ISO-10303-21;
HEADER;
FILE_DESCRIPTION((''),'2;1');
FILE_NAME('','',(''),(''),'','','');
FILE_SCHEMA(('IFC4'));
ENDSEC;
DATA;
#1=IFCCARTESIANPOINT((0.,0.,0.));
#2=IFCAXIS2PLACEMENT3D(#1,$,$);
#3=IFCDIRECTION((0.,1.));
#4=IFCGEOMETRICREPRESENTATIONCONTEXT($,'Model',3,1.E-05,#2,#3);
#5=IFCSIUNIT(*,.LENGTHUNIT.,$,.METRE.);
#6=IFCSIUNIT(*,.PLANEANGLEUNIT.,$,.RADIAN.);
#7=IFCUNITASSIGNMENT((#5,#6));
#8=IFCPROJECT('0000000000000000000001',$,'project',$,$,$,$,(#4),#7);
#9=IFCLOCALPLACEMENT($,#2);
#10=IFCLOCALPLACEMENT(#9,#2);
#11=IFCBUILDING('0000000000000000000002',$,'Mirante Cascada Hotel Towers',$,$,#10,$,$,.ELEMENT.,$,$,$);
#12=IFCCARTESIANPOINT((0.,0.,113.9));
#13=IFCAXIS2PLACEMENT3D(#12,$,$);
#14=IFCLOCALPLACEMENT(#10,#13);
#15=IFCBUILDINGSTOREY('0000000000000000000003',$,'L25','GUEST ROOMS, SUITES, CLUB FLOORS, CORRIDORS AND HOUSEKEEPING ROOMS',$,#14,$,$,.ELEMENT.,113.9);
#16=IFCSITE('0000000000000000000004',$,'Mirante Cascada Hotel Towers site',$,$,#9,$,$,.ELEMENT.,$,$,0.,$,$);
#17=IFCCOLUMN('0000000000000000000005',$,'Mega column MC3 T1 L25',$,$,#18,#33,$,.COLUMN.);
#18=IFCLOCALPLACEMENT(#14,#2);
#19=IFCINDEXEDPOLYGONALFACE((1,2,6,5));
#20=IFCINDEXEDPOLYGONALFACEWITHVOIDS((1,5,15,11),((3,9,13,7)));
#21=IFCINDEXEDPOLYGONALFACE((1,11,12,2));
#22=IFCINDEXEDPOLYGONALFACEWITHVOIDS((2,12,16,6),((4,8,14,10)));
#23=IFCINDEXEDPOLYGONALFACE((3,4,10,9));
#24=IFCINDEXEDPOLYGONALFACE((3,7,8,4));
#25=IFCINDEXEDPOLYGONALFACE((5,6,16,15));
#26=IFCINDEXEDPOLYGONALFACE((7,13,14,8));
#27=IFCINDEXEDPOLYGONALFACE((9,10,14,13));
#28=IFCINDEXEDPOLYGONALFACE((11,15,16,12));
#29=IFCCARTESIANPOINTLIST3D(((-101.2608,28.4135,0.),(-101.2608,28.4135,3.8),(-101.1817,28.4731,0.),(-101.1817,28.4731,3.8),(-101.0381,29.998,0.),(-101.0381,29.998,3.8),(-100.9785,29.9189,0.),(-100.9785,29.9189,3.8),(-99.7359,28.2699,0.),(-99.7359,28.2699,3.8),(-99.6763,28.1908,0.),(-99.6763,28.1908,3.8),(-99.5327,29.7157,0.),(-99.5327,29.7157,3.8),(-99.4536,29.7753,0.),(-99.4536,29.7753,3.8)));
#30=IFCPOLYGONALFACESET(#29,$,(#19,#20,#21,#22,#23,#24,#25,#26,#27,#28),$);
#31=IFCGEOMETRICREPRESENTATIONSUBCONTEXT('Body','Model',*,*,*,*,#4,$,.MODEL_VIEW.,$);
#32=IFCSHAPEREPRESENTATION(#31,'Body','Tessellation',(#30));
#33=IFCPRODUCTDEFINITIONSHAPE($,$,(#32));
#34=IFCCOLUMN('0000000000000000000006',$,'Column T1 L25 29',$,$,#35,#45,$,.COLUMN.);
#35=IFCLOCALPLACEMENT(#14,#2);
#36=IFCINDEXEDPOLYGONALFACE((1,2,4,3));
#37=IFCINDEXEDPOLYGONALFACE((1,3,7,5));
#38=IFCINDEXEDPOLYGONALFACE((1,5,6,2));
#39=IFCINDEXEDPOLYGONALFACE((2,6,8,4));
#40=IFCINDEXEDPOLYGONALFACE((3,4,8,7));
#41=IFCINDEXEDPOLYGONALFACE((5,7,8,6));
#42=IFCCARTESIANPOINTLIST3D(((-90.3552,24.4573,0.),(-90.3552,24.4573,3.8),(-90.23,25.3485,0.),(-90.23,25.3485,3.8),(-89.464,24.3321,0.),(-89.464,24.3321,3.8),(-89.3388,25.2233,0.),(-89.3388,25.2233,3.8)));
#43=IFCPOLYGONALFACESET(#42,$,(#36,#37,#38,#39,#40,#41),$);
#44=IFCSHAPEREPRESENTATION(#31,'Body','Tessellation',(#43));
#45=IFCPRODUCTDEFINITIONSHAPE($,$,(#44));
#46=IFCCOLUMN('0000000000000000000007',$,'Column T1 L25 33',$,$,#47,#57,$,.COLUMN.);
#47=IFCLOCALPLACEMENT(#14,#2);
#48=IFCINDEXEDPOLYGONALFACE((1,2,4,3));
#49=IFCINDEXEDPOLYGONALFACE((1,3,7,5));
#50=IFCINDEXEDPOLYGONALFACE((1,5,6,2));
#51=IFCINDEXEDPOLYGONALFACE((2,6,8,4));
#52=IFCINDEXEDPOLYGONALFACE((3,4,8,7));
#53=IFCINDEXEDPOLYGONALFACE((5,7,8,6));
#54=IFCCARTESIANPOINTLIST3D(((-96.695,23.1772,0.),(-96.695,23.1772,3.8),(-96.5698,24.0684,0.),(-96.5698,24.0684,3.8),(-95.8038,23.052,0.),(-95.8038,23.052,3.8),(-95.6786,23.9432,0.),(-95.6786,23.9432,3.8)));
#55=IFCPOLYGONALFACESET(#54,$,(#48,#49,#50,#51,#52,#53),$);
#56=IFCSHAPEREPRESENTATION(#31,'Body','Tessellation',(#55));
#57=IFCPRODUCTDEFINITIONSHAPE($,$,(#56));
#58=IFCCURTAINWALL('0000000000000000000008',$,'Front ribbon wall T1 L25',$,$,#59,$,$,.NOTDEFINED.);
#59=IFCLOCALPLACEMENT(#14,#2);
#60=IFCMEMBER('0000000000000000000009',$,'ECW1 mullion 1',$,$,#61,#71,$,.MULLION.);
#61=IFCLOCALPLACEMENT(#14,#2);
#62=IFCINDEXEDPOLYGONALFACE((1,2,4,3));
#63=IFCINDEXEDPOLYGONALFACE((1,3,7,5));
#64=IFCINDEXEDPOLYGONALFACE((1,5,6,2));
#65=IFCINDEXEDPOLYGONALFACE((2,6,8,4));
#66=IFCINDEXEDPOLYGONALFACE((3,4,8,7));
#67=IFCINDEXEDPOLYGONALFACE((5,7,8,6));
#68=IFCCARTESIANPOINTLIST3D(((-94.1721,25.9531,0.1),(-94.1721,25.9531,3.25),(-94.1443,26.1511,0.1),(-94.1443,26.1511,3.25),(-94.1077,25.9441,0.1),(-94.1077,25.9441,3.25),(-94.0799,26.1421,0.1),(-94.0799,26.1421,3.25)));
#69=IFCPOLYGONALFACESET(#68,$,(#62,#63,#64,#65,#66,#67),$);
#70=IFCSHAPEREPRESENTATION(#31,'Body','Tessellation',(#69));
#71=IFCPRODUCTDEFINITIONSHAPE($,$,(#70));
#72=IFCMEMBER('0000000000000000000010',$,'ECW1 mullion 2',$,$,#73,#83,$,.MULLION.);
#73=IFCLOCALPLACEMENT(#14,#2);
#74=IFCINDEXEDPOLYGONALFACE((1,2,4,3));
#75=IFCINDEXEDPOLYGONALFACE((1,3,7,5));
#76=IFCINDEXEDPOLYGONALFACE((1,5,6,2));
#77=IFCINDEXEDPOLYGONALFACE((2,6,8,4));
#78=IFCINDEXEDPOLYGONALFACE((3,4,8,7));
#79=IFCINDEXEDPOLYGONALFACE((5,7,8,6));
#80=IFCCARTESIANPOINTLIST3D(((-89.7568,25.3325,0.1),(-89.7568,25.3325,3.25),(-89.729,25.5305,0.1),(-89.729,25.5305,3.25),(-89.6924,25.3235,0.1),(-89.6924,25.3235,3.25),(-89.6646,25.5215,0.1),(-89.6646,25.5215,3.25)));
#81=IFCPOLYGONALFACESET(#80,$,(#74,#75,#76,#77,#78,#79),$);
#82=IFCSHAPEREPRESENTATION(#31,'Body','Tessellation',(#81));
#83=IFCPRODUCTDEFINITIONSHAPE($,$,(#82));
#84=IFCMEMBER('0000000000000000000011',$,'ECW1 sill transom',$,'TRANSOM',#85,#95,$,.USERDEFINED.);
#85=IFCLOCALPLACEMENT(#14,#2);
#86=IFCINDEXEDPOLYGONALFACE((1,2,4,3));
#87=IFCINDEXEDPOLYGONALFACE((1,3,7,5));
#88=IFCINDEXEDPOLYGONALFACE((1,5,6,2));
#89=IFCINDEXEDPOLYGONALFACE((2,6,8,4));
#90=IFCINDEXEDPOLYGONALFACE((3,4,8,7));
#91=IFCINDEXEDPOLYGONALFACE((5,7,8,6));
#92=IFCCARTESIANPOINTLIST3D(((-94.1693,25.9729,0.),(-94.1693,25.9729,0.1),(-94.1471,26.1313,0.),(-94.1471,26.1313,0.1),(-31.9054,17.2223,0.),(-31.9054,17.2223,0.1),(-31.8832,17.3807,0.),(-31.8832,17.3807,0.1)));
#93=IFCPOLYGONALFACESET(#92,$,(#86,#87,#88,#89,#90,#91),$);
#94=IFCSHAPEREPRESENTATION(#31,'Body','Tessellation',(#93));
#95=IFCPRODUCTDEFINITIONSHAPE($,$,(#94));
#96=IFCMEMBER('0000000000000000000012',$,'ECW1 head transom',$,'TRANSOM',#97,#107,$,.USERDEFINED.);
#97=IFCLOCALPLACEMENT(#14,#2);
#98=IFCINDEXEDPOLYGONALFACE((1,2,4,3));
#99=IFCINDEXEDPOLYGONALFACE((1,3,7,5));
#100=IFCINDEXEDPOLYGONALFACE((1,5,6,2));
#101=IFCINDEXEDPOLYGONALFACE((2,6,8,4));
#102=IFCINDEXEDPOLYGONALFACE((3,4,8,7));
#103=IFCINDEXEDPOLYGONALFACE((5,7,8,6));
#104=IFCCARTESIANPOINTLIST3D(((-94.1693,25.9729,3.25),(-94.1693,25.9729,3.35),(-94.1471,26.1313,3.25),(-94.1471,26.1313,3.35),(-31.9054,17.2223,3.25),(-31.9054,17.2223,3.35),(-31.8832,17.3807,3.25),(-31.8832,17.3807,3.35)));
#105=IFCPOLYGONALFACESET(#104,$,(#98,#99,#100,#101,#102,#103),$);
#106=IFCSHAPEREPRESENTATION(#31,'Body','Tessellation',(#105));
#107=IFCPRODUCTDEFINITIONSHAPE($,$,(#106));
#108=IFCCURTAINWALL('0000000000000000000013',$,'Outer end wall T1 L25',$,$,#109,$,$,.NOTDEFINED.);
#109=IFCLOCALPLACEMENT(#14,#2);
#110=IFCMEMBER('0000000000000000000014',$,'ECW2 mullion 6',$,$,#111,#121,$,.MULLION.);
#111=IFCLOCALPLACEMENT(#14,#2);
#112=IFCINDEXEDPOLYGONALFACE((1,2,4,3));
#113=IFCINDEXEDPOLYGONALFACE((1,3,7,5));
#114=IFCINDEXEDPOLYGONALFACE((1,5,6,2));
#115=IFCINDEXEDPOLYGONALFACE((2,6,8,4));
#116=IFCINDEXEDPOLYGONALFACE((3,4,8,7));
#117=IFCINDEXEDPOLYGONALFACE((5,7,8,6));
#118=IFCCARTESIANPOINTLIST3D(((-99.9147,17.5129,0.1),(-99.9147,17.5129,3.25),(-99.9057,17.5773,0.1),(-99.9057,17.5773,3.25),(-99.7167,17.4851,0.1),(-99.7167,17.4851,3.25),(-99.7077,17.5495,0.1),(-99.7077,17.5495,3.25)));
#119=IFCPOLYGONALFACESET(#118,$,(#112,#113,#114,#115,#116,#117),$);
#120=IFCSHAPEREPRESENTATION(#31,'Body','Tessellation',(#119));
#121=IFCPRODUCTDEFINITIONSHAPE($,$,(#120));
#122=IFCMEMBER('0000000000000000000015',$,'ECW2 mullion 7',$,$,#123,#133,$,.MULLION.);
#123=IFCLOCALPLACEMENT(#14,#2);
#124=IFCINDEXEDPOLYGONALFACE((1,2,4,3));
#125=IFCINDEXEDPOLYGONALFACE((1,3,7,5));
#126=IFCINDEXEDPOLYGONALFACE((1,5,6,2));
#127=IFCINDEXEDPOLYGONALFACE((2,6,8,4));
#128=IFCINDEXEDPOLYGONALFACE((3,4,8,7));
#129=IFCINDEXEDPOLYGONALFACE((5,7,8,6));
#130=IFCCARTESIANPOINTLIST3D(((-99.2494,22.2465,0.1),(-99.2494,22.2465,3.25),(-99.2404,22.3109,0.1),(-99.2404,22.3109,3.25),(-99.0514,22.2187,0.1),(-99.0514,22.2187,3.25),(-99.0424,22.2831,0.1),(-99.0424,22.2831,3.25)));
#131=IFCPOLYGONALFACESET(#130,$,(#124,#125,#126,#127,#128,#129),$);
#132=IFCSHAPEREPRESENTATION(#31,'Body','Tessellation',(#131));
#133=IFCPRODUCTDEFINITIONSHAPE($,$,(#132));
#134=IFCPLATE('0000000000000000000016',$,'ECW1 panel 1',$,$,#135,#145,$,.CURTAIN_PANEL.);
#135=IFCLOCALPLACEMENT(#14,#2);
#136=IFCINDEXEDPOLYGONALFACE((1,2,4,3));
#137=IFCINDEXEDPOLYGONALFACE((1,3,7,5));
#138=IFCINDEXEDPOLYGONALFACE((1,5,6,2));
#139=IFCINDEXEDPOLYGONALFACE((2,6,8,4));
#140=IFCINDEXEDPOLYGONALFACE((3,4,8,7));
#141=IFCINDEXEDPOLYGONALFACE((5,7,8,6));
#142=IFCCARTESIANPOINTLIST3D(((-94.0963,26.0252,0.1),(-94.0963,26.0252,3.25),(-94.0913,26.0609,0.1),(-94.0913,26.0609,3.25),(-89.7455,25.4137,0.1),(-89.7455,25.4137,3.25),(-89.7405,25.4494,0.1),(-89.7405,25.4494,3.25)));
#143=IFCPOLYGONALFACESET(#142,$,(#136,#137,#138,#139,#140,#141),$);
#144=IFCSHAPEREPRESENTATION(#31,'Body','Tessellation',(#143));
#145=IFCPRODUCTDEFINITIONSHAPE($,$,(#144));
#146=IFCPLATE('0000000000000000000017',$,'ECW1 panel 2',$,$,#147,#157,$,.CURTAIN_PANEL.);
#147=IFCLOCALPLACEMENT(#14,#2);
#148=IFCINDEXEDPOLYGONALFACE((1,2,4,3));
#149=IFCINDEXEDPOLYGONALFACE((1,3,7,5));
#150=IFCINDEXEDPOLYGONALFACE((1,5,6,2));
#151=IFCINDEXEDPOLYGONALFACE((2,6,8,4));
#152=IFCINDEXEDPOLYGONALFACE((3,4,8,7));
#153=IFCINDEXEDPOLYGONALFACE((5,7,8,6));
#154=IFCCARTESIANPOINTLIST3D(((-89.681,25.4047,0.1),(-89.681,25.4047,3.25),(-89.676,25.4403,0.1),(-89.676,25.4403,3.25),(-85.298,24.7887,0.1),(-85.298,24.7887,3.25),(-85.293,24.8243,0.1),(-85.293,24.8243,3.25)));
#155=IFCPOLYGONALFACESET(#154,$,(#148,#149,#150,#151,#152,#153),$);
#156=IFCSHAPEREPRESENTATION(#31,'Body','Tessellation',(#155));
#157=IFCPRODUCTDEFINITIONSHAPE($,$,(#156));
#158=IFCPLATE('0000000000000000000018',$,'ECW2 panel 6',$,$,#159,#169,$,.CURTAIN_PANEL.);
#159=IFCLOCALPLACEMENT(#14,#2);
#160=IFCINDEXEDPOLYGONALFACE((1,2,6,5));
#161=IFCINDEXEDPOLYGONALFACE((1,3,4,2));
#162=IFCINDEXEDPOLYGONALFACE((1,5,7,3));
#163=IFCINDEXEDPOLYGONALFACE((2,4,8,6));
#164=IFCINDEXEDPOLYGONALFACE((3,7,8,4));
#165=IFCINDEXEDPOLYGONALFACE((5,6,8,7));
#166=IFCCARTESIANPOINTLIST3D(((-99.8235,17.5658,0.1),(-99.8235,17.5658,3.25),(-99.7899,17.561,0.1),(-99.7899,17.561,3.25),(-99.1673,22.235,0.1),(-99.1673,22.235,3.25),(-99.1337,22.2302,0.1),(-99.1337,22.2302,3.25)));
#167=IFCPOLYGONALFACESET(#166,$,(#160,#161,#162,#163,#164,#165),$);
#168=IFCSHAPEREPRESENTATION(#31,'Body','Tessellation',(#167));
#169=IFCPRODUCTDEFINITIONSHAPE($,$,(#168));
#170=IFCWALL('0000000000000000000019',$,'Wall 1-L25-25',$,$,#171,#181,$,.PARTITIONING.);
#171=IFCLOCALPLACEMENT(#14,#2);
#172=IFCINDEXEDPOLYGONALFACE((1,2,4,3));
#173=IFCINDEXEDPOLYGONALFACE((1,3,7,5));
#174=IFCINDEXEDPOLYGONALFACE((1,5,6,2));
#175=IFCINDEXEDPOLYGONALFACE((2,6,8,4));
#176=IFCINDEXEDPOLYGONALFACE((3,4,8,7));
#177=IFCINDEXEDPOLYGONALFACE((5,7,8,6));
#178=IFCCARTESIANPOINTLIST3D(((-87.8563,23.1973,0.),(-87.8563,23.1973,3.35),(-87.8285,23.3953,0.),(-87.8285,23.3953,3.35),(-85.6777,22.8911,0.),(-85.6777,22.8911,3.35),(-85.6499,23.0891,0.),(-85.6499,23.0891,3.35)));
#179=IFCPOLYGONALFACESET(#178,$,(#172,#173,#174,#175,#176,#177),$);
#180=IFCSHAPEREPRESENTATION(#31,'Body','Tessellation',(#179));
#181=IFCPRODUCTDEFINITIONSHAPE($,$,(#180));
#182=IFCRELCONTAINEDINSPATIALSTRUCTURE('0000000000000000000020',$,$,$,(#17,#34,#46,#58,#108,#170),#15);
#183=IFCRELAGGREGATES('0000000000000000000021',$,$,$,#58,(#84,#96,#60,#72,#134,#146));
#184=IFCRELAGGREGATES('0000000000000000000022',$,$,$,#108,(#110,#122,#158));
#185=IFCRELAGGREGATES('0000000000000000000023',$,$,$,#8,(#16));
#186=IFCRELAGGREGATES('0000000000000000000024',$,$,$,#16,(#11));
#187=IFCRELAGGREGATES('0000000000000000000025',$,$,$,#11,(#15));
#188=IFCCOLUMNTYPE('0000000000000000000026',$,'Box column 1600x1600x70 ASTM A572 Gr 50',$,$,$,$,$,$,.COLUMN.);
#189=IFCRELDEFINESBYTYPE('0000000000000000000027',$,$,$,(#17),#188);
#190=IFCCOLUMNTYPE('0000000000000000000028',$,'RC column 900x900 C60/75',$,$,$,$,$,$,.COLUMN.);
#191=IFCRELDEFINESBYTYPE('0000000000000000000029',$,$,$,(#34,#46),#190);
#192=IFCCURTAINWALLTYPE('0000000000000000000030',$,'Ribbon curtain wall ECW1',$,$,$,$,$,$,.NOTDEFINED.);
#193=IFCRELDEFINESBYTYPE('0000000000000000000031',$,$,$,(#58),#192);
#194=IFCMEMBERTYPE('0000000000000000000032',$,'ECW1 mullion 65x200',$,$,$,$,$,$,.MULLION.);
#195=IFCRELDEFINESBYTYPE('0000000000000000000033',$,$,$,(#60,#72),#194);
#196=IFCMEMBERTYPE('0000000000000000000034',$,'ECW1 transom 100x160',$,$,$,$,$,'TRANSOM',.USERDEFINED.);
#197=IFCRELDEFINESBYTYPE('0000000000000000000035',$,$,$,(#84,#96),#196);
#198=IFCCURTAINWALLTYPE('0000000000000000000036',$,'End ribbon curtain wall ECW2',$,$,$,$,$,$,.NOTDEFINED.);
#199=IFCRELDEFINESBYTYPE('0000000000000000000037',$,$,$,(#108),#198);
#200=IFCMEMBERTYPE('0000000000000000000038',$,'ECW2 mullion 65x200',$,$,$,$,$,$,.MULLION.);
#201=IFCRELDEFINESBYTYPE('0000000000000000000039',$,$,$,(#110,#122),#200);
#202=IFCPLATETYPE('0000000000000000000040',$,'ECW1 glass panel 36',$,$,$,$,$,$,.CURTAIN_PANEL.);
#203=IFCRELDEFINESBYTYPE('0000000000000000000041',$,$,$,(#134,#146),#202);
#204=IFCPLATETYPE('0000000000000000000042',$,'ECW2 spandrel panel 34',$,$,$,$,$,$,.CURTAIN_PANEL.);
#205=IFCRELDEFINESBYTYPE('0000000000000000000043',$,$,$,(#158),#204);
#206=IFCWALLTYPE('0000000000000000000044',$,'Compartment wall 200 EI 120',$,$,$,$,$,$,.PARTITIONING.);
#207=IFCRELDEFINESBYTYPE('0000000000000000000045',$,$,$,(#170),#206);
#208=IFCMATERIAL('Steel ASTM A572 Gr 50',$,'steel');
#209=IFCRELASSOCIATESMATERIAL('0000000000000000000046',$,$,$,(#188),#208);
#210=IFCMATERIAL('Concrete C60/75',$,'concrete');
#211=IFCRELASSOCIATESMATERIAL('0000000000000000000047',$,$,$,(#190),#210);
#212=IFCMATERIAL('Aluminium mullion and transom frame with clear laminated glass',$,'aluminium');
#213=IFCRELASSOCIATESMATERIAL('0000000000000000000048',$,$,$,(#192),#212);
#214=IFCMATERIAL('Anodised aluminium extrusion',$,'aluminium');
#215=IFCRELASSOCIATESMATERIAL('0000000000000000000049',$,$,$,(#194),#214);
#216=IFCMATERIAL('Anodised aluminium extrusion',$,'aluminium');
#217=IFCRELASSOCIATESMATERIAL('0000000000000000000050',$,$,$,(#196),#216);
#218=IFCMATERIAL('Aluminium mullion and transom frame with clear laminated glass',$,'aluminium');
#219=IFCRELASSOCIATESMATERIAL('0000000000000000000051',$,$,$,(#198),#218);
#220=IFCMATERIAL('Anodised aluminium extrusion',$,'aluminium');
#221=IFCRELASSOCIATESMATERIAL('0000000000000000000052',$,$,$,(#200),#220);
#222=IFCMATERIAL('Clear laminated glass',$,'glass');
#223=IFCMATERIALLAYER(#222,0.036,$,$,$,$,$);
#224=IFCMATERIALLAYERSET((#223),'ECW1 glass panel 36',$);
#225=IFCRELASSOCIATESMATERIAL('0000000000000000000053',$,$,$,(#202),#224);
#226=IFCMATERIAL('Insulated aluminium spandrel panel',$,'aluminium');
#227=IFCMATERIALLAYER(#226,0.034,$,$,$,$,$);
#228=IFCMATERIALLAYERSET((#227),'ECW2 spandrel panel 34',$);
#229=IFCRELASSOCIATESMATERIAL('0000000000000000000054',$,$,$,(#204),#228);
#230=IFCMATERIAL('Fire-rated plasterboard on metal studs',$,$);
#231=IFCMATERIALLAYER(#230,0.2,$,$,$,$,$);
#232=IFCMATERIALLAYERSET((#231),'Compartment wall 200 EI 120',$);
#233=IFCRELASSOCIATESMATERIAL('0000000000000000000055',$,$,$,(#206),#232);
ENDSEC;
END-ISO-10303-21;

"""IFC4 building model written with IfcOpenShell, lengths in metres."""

from ifc_helpers import new_model, si_unit, direction, frame, frame_2d, origin, origin_2d, place, context, subcontext, project, spatial, rectangle, hollow_rectangle, extrude, material, layer, layer_set, material_profile, profile_set, type_object, element, aggregate, save


model = new_model("IFC4")

# Units and contexts
model_context = context("Model", 3, precision=1e-05, world=origin(), true_north=direction((0.0, 1.0)))
body_context = subcontext(model_context, "Body", "Model", "MODEL_VIEW")
ifc_project = project(units=[si_unit("LENGTHUNIT", "METRE"), si_unit("PLANEANGLEUNIT", "RADIAN")], contexts=[model_context])

# Site, building, storey
site_placement = place(None, origin())
site = spatial("IfcSite", under=ifc_project, at=site_placement, Name="Mirante Cascada Hotel Towers site", CompositionType="ELEMENT", RefElevation=0.0)
building_placement = place(site_placement, origin())
building = spatial("IfcBuilding", under=site, at=building_placement, Name="Mirante Cascada Hotel Towers", CompositionType="ELEMENT")
storey_placement = place(building_placement, frame((0.0, 0.0, 113.9)))
storey = spatial("IfcBuildingStorey", under=building, at=storey_placement, Name="L25", Description="GUEST ROOMS, SUITES, CLUB FLOORS, CORRIDORS AND HOUSEKEEPING ROOMS", CompositionType="ELEMENT", Elevation=113.9)

# Columns
ifc_material_1 = material(Name="Steel ASTM A572 Gr 50", Category="steel")
ifc_material_profile_1 = material_profile(ifc_material_1, hollow_rectangle(XDim=1.6, YDim=1.6, WallThickness=0.07, at=origin_2d()), Name="Box column 1600x1600x70 ASTM A572 Gr 50")
ifc_profile_set_1 = profile_set([ifc_material_profile_1], Name="Steel ASTM A572 Gr 50")
column_type_1 = type_object("IfcColumnType", Name="Box column 1600x1600x70 ASTM A572 Gr 50", PredefinedType="COLUMN", material=ifc_profile_set_1)
column_placement = place(storey_placement, frame((-100.3572, 29.0944, 0.0), z_axis=(0.0, 0.0, 1.0), x_axis=(-0.990268, 0.139173, 0.0)))
element("IfcColumn", 1, at=column_placement, inside=storey, type_object=column_type_1, Name="Mega column MC3 T1 L25", PredefinedType="COLUMN", context=body_context, shape_type="SweptSolid", body=[
    extrude(hollow_rectangle(XDim=1.6, YDim=1.6, WallThickness=0.07, at=origin_2d()), origin(), (0.0, 0.0, 1.0), 3.8),
])
ifc_material_2 = material(Name="Concrete C60/75", Category="concrete")
ifc_material_profile_2 = material_profile(ifc_material_2, rectangle(XDim=0.9, YDim=0.9, at=origin_2d()), Name="RC column 900x900 C60/75")
ifc_profile_set_2 = profile_set([ifc_material_profile_2], Name="Concrete C60/75")
column_type_2 = type_object("IfcColumnType", Name="RC column 900x900 C60/75", PredefinedType="COLUMN", material=ifc_profile_set_2)
for number, where, z_axis, x_axis, name in (
    (2, (-89.847, 24.8403, 0.0), (0.0, 0.0, 1.0), (-0.990268, 0.139173, 0.0), "Column T1 L25 29"),
    (3, (-96.1868, 23.5602, 0.0), (0.0, 0.0, 1.0), (-0.990268, 0.139173, 0.0), "Column T1 L25 33"),
):
    element("IfcColumn", number, at=place(storey_placement, frame(where, z_axis=z_axis, x_axis=x_axis)), inside=storey, type_object=column_type_2, Name=name, PredefinedType="COLUMN", context=body_context, shape_type="SweptSolid", body=[
        extrude(rectangle(XDim=0.9, YDim=0.9, at=origin_2d()), origin(), (0.0, 0.0, 1.0), 3.8),
    ])

# Curtain walls, members
ifc_material_3 = material(Name="Aluminium mullion and transom frame with clear laminated glass", Category="aluminium")
curtain_wall_type_1 = type_object("IfcCurtainWallType", Name="Ribbon curtain wall ECW1", PredefinedType="NOTDEFINED", material=ifc_material_3)
curtain_wall_1_placement = place(storey_placement, origin())
curtain_wall_1 = element("IfcCurtainWall", 4, at=curtain_wall_1_placement, inside=storey, type_object=curtain_wall_type_1, Name="Front ribbon wall T1 L25", PredefinedType="NOTDEFINED")
ifc_material_4 = material(Name="Anodised aluminium extrusion", Category="aluminium")
ifc_material_profile_3 = material_profile(ifc_material_4, rectangle(XDim=0.2, YDim=0.065, at=origin_2d()), Name="ECW1 MULLION 65x200")
ifc_profile_set_3 = profile_set([ifc_material_profile_3], Name="Anodised aluminium extrusion")
member_type_1 = type_object("IfcMemberType", Name="ECW1 mullion 65x200", PredefinedType="MULLION", material=ifc_profile_set_3)
member_1_placement = place(storey_placement, frame((-94.126, 26.0476, 0.1), z_axis=(0.0, 0.0, 1.0), x_axis=(0.139173, 0.990268, 0.0)))
member_1 = element("IfcMember", 5, at=member_1_placement, type_object=member_type_1, Name="ECW1 mullion 1", PredefinedType="MULLION", context=body_context, shape_type="SweptSolid", body=[
    extrude(rectangle(XDim=0.2, YDim=0.065, at=origin_2d()), origin(), (0.0, 0.0, 1.0), 3.15),
])
member_2_placement = place(storey_placement, frame((-89.7107, 25.427, 0.1), z_axis=(0.0, 0.0, 1.0), x_axis=(0.139173, 0.990268, 0.0)))
member_2 = element("IfcMember", 6, at=member_2_placement, type_object=member_type_1, Name="ECW1 mullion 2", PredefinedType="MULLION", context=body_context, shape_type="SweptSolid", body=[
    extrude(rectangle(XDim=0.2, YDim=0.065, at=origin_2d()), origin(), (0.0, 0.0, 1.0), 3.15),
])
ifc_material_5 = material(Name="Anodised aluminium extrusion", Category="aluminium")
ifc_material_profile_4 = material_profile(ifc_material_5, rectangle(XDim=0.16, YDim=0.1, at=origin_2d()), Name="ECW1 TRANSOM 100x160")
ifc_profile_set_4 = profile_set([ifc_material_profile_4], Name="Anodised aluminium extrusion")
member_type_2 = type_object("IfcMemberType", Name="ECW1 transom 100x160", ElementType="TRANSOM", PredefinedType="USERDEFINED", material=ifc_profile_set_4)
member_3_placement = place(storey_placement, frame((-94.1582, 26.0521, 0.05), z_axis=(0.990268, -0.139173, 0.0), x_axis=(0.139173, 0.990268, 0.0)))
member_3 = element("IfcMember", 7, at=member_3_placement, type_object=member_type_2, Name="ECW1 sill transom", ObjectType="TRANSOM", PredefinedType="USERDEFINED", context=body_context, shape_type="SweptSolid", body=[
    extrude(rectangle(XDim=0.16, YDim=0.1, at=origin_2d()), origin(), (0.0, 0.0, 1.0), 62.8758),
])
member_4_placement = place(storey_placement, frame((-94.1582, 26.0521, 3.3), z_axis=(0.990268, -0.139173, 0.0), x_axis=(0.139173, 0.990268, 0.0)))
member_4 = element("IfcMember", 8, at=member_4_placement, type_object=member_type_2, Name="ECW1 head transom", ObjectType="TRANSOM", PredefinedType="USERDEFINED", context=body_context, shape_type="SweptSolid", body=[
    extrude(rectangle(XDim=0.16, YDim=0.1, at=origin_2d()), origin(), (0.0, 0.0, 1.0), 62.8758),
])
ifc_material_6 = material(Name="Aluminium mullion and transom frame with clear laminated glass", Category="aluminium")
curtain_wall_type_2 = type_object("IfcCurtainWallType", Name="End ribbon curtain wall ECW2", PredefinedType="NOTDEFINED", material=ifc_material_6)
curtain_wall_2_placement = place(storey_placement, origin())
curtain_wall_2 = element("IfcCurtainWall", 9, at=curtain_wall_2_placement, inside=storey, type_object=curtain_wall_type_2, Name="Outer end wall T1 L25", PredefinedType="NOTDEFINED")
ifc_material_7 = material(Name="Anodised aluminium extrusion", Category="aluminium")
ifc_material_profile_5 = material_profile(ifc_material_7, rectangle(XDim=0.2, YDim=0.065, at=origin_2d()), Name="ECW2 MULLION 65x200")
ifc_profile_set_5 = profile_set([ifc_material_profile_5], Name="Anodised aluminium extrusion")
member_type_3 = type_object("IfcMemberType", Name="ECW2 mullion 65x200", PredefinedType="MULLION", material=ifc_profile_set_5)
member_5_placement = place(storey_placement, frame((-99.8112, 17.5312, 0.1), z_axis=(0.0, 0.0, 1.0), x_axis=(-0.990268, 0.139173, 0.0)))
member_5 = element("IfcMember", 10, at=member_5_placement, type_object=member_type_3, Name="ECW2 mullion 6", PredefinedType="MULLION", context=body_context, shape_type="SweptSolid", body=[
    extrude(rectangle(XDim=0.2, YDim=0.065, at=origin_2d()), origin(), (0.0, 0.0, 1.0), 3.15),
])
member_6_placement = place(storey_placement, frame((-99.1459, 22.2648, 0.1), z_axis=(0.0, 0.0, 1.0), x_axis=(-0.990268, 0.139173, 0.0)))
member_6 = element("IfcMember", 11, at=member_6_placement, type_object=member_type_3, Name="ECW2 mullion 7", PredefinedType="MULLION", context=body_context, shape_type="SweptSolid", body=[
    extrude(rectangle(XDim=0.2, YDim=0.065, at=origin_2d()), origin(), (0.0, 0.0, 1.0), 3.15),
])

# Plates
ifc_material_8 = material(Name="Clear laminated glass", Category="glass")
ifc_layer_1 = layer(ifc_material_8, 0.036)
ifc_layer_set_1 = layer_set([ifc_layer_1], Name="ECW1 glass panel 36")
plate_type_1 = type_object("IfcPlateType", Name="ECW1 glass panel 36", PredefinedType="CURTAIN_PANEL", material=ifc_layer_set_1)
plate_1_placement = place(storey_placement, frame((-91.9184, 25.7373, 0.1), z_axis=(0.0, 0.0, 1.0), x_axis=(0.990268, -0.139173, 0.0)))
plate_1 = element("IfcPlate", 12, at=plate_1_placement, type_object=plate_type_1, Name="ECW1 panel 1", PredefinedType="CURTAIN_PANEL", context=body_context, shape_type="SweptSolid", body=[
    extrude(rectangle(XDim=4.3936, YDim=0.036, at=origin_2d()), origin(), (0.0, 0.0, 1.0), 3.15),
])
plate_2_placement = place(storey_placement, frame((-87.487, 25.1145, 0.1), z_axis=(0.0, 0.0, 1.0), x_axis=(0.990268, -0.139173, 0.0)))
plate_2 = element("IfcPlate", 13, at=plate_2_placement, type_object=plate_type_1, Name="ECW1 panel 2", PredefinedType="CURTAIN_PANEL", context=body_context, shape_type="SweptSolid", body=[
    extrude(rectangle(XDim=4.4261, YDim=0.036, at=origin_2d()), origin(), (0.0, 0.0, 1.0), 3.15),
])
aggregate(curtain_wall_1, [member_3, member_4, member_1, member_2, plate_1, plate_2])
ifc_material_9 = material(Name="Insulated aluminium spandrel panel", Category="aluminium")
ifc_layer_2 = layer(ifc_material_9, 0.034)
ifc_layer_set_2 = layer_set([ifc_layer_2], Name="ECW2 spandrel panel 34")
plate_type_2 = type_object("IfcPlateType", Name="ECW2 spandrel panel 34", PredefinedType="CURTAIN_PANEL", material=ifc_layer_set_2)
plate_3_placement = place(storey_placement, frame((-99.4786, 19.898, 0.1), z_axis=(0.0, 0.0, 1.0), x_axis=(0.139173, 0.990268, 0.0)))
plate_3 = element("IfcPlate", 14, at=plate_3_placement, type_object=plate_type_2, Name="ECW2 panel 6", PredefinedType="CURTAIN_PANEL", context=body_context, shape_type="SweptSolid", body=[
    extrude(rectangle(XDim=4.7151, YDim=0.034, at=origin_2d()), origin(), (0.0, 0.0, 1.0), 3.15),
])
aggregate(curtain_wall_2, [member_5, member_6, plate_3])

# Wall
ifc_material_10 = material(Name="Fire-rated plasterboard on metal studs")
ifc_layer_3 = layer(ifc_material_10, 0.2)
ifc_layer_set_3 = layer_set([ifc_layer_3], Name="Compartment wall 200 EI 120")
wall_type_1 = type_object("IfcWallType", Name="Compartment wall 200 EI 120", PredefinedType="PARTITIONING", material=ifc_layer_set_3)
wall_1_placement = place(storey_placement, frame((-87.8424, 23.2963, 0.0), z_axis=(0.0, 0.0, 1.0), x_axis=(0.990267, -0.139181, 0.0)))
element("IfcWall", 15, at=wall_1_placement, inside=storey, type_object=wall_type_1, Name="Wall 1-L25-25", PredefinedType="PARTITIONING", context=body_context, shape_type="SweptSolid", body=[
    extrude(rectangle(XDim=2.2, YDim=0.2, at=frame_2d((1.1, 0.0))), origin(), (0.0, 0.0, 1.0), 3.35),
])

save(model, "model.ifc")
